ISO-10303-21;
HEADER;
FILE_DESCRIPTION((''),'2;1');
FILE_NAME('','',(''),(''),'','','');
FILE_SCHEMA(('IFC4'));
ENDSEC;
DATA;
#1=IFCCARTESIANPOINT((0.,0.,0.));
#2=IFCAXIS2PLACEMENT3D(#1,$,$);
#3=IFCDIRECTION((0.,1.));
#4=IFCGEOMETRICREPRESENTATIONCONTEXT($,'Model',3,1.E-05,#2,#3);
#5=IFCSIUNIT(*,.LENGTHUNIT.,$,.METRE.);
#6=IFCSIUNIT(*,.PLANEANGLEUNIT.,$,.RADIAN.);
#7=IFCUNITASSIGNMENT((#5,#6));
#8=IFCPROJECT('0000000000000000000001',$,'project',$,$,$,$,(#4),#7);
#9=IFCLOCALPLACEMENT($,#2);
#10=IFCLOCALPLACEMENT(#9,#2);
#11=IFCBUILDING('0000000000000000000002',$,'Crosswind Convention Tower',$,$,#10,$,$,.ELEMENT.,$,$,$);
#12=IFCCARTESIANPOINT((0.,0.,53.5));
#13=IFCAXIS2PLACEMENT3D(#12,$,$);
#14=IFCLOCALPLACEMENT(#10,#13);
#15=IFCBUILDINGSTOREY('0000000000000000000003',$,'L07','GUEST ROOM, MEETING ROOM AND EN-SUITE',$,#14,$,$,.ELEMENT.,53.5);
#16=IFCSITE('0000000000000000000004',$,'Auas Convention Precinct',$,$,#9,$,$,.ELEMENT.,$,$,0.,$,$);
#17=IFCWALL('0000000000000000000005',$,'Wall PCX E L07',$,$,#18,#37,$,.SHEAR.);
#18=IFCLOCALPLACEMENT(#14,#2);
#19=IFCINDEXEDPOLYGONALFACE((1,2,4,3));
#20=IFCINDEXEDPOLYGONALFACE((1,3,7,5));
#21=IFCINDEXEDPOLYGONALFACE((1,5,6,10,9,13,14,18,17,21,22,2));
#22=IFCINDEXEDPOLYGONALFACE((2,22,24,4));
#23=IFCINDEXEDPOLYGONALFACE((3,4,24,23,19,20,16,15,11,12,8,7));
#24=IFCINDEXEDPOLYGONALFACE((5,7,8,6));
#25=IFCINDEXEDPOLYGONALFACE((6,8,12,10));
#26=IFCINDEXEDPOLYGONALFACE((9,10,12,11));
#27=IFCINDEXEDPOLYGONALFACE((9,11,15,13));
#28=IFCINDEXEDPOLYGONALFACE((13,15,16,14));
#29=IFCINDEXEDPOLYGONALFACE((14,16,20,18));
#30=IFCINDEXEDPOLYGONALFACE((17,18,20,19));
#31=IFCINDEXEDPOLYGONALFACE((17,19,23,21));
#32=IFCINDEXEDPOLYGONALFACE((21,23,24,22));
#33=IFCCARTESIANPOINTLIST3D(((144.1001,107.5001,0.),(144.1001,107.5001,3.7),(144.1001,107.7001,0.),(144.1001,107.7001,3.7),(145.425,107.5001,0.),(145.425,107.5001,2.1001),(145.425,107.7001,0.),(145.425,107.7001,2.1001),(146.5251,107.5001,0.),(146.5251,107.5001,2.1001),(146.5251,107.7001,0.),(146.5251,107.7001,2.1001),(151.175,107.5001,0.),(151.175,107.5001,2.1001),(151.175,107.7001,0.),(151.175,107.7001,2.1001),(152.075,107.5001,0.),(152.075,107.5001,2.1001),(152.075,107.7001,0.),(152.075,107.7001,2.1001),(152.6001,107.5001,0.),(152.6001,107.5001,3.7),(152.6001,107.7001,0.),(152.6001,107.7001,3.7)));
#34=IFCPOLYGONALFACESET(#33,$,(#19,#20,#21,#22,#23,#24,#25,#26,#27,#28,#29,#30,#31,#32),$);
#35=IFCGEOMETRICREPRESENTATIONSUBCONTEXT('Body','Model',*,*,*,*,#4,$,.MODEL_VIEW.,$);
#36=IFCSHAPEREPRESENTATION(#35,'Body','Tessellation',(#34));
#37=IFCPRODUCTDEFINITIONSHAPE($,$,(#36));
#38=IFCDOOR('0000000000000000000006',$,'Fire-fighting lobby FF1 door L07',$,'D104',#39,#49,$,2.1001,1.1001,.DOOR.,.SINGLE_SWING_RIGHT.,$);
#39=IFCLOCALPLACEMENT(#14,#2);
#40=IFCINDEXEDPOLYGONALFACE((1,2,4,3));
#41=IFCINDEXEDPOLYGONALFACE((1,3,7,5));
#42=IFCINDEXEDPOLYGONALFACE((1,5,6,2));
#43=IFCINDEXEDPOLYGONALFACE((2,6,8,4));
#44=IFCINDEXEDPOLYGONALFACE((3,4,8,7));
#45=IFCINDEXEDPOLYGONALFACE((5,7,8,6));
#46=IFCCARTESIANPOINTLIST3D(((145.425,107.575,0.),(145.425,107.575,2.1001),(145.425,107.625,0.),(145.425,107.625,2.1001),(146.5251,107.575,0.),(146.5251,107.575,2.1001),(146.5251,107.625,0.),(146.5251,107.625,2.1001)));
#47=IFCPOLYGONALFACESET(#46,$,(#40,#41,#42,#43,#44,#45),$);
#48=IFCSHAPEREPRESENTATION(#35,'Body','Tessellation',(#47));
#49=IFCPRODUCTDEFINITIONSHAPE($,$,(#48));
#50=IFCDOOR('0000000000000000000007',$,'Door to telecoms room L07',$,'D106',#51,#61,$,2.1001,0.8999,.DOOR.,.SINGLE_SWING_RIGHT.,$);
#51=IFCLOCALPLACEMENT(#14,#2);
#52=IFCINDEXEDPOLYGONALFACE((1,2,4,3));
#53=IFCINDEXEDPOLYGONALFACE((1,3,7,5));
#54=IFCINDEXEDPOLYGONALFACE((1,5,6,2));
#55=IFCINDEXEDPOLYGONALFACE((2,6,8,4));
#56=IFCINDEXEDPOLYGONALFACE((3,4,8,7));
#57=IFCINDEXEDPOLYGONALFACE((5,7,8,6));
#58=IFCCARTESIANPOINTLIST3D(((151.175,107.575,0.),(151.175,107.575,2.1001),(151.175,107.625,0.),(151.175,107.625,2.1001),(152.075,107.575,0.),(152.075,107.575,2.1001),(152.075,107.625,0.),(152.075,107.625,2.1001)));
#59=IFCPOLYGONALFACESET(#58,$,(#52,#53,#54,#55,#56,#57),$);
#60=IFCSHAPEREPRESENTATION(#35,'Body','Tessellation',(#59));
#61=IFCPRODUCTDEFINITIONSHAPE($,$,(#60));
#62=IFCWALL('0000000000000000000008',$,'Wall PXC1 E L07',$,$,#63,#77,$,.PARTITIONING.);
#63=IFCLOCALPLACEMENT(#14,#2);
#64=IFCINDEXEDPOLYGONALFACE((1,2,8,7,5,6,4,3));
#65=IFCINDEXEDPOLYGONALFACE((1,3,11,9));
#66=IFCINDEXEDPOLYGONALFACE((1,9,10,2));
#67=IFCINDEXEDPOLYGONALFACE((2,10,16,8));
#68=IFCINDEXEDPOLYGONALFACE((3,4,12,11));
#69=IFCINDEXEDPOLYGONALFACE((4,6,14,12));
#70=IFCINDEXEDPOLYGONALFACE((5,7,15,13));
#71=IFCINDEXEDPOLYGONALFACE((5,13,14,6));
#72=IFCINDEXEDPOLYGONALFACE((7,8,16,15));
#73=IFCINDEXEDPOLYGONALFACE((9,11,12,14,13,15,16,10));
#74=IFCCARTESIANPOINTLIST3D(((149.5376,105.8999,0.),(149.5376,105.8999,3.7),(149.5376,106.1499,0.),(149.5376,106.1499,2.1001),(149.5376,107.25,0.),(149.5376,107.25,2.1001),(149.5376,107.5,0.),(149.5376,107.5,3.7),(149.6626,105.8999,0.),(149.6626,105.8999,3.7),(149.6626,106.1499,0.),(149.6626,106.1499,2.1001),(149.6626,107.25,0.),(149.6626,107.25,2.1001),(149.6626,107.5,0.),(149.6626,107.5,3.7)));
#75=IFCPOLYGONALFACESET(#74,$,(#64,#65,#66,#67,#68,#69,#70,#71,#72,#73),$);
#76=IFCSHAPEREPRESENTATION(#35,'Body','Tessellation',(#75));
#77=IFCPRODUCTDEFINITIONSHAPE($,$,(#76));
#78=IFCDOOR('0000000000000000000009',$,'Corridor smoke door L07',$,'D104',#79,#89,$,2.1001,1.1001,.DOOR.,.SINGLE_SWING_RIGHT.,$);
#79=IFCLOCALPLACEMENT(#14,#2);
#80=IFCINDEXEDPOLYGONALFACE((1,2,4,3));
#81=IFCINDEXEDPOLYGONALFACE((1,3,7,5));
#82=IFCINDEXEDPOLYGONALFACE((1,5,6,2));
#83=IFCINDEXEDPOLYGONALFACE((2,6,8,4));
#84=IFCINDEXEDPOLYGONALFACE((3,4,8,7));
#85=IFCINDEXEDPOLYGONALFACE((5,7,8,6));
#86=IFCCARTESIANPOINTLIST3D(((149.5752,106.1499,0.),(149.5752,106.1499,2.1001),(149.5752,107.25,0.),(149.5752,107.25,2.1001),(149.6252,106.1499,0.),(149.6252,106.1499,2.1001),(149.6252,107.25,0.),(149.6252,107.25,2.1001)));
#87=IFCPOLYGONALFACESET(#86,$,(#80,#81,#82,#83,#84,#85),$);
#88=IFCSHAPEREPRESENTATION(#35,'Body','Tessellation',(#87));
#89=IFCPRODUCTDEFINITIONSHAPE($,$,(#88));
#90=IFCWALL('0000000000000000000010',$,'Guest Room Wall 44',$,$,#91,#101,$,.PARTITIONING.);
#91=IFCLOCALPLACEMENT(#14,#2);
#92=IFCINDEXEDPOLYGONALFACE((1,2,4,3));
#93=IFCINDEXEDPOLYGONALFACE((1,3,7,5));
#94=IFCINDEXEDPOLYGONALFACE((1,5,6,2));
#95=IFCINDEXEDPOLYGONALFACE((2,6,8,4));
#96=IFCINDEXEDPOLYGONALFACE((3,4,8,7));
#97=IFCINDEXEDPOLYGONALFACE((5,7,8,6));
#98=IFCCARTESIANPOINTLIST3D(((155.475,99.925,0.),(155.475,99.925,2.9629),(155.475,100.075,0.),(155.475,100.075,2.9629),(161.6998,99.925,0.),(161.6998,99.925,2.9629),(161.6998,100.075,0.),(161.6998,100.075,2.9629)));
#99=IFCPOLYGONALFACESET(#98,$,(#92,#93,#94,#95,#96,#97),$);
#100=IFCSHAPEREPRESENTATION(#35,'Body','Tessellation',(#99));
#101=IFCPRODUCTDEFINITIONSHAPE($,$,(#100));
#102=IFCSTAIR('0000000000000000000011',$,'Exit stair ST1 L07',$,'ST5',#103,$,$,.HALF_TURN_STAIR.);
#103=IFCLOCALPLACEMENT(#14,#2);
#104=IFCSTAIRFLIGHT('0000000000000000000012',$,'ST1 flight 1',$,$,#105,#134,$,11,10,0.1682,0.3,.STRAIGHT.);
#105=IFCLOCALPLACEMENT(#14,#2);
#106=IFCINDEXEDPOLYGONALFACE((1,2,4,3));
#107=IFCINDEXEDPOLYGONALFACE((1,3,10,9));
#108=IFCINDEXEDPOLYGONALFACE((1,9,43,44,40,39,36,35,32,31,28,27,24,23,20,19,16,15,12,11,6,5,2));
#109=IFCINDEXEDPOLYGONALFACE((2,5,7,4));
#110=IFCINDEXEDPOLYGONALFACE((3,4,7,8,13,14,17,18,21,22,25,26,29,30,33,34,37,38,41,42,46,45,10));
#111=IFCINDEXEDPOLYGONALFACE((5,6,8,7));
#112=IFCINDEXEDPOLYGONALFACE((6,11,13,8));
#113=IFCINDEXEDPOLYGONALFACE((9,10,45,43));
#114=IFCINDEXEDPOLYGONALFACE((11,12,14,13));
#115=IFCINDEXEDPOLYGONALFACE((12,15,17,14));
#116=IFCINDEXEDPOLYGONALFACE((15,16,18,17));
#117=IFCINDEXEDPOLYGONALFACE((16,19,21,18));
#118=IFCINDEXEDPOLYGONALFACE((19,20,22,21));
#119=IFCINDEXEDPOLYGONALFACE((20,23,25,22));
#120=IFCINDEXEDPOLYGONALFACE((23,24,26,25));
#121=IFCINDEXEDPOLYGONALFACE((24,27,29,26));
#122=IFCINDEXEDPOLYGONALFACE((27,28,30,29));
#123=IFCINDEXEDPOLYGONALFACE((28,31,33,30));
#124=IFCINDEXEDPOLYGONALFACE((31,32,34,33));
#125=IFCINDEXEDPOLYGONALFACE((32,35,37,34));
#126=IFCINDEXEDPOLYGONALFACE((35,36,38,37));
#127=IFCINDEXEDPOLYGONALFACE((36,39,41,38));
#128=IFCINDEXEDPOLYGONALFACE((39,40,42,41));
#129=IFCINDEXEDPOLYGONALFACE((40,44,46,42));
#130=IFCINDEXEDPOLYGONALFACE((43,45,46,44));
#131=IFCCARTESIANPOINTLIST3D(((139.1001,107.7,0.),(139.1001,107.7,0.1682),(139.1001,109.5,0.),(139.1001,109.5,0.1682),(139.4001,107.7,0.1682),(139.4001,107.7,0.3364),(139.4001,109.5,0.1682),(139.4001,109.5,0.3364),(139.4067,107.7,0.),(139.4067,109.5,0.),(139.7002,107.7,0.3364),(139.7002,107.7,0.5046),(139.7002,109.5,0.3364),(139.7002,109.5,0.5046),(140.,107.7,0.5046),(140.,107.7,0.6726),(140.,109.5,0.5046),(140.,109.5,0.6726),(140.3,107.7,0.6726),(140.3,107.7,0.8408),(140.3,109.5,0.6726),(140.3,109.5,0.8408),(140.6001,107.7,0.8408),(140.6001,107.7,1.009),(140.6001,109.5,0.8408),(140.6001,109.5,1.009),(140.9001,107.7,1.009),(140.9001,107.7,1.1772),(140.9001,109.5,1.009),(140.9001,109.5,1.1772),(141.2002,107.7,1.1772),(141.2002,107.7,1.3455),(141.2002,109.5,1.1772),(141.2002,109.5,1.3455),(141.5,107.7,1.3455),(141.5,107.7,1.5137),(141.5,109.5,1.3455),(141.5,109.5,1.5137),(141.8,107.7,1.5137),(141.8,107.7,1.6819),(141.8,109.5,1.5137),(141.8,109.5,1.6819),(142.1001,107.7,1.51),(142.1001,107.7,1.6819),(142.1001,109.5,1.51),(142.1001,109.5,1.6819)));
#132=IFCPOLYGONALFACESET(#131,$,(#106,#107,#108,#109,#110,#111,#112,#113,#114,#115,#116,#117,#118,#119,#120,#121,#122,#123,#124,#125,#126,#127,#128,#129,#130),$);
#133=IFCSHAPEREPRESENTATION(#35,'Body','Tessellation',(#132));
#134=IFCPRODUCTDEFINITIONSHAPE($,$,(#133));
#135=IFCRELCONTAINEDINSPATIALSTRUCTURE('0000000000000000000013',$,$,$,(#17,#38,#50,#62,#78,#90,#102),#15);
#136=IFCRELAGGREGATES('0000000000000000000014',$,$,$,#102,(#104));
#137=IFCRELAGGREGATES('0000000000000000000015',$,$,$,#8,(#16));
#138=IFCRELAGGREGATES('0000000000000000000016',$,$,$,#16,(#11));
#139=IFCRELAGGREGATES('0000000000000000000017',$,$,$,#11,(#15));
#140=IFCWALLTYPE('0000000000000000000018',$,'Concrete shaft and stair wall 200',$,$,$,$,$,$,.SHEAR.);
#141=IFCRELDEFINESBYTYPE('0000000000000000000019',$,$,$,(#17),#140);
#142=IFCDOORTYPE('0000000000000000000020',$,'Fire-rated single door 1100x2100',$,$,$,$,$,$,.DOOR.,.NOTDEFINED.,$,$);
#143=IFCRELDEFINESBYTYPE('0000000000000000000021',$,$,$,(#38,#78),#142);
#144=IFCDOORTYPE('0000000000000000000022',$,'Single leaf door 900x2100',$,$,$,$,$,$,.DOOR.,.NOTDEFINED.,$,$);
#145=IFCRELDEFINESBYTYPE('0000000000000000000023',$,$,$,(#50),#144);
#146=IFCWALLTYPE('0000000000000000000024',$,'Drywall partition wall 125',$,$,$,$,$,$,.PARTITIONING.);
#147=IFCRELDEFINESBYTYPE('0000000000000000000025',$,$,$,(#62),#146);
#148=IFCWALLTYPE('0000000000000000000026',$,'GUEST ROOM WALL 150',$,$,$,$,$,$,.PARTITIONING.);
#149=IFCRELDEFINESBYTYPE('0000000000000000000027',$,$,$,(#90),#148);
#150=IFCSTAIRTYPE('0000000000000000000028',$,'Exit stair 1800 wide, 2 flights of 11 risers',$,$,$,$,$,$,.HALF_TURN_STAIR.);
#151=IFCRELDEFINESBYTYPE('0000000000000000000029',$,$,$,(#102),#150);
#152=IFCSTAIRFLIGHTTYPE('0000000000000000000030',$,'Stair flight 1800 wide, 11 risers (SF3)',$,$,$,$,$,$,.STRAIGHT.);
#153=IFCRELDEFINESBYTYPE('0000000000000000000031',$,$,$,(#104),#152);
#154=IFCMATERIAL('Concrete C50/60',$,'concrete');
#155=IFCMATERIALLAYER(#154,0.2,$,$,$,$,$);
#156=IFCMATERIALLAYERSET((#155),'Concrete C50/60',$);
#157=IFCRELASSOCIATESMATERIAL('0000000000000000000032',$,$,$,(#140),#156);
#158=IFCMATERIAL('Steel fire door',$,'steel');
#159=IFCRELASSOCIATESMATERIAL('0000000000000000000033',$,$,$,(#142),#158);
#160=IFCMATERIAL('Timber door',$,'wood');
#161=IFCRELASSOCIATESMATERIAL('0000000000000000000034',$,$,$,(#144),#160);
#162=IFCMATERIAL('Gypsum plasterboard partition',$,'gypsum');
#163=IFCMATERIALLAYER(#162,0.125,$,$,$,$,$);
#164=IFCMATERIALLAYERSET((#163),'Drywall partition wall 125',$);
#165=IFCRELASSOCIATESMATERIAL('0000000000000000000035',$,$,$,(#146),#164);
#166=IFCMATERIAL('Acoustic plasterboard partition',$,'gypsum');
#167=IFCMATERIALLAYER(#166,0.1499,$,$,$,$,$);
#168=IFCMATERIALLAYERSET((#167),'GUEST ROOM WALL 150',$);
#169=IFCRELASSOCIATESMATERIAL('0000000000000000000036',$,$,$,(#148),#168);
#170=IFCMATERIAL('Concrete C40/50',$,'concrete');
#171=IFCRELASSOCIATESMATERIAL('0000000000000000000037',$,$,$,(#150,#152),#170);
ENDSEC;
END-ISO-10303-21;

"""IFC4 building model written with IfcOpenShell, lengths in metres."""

from ifc_helpers import new_model, si_unit, direction, frame, frame_2d, origin, place, context, subcontext, project, spatial, polyline, rectangle, outline, extrude, material, layer, layer_set, type_object, element, fill, aggregate, save


model = new_model("IFC4")

# Units and contexts
model_context = context("Model", 3, precision=1e-05, world=origin(), true_north=direction((0.0, 1.0)))
body_context = subcontext(model_context, "Body", "Model", "MODEL_VIEW")
ifc_project = project(units=[si_unit("LENGTHUNIT", "METRE"), si_unit("PLANEANGLEUNIT", "RADIAN")], contexts=[model_context])

# Site, building, storey
site_placement = place(None, origin())
site = spatial("IfcSite", under=ifc_project, at=site_placement, Name="Auas Convention Precinct", CompositionType="ELEMENT", RefElevation=0.0)
building_placement = place(site_placement, origin())
building = spatial("IfcBuilding", under=site, at=building_placement, Name="Crosswind Convention Tower", CompositionType="ELEMENT")
storey_placement = place(building_placement, frame((0.0, 0.0, 53.5)))
storey = spatial("IfcBuildingStorey", under=building, at=storey_placement, Name="L07", Description="GUEST ROOM, MEETING ROOM AND EN-SUITE", CompositionType="ELEMENT", Elevation=53.5)

# Shared definitions
ifc_material_1 = material(Name="Concrete C50/60", Category="concrete")
ifc_layer_1 = layer(ifc_material_1, 0.2)
ifc_layer_set_1 = layer_set([ifc_layer_1], Name="Concrete C50/60")
wall_type_1 = type_object("IfcWallType", Name="Concrete shaft and stair wall 200", PredefinedType="SHEAR", material=ifc_layer_set_1)

# Shared definitions
ifc_material_2 = material(Name="Steel fire door", Category="steel")
door_type_1 = type_object("IfcDoorType", Name="Fire-rated single door 1100x2100", OperationType="NOTDEFINED", PredefinedType="DOOR", material=ifc_material_2)

# Wall, openings, doors
wall_1_placement = place(storey_placement, frame((144.1001, 107.6001, 0.0), z_axis=(0.0, 0.0, 1.0), x_axis=(1.0, 0.0, 0.0)))
wall_1 = element("IfcWall", 1, at=wall_1_placement, inside=storey, type_object=wall_type_1, Name="Wall PCX E L07", PredefinedType="SHEAR", context=body_context, shape_type="SweptSolid", body=[
    extrude(rectangle(XDim=8.5, YDim=0.2, at=frame_2d((4.25, 0.0))), origin(), (0.0, 0.0, 1.0), 3.7),
])
opening_1_placement = place(wall_1_placement, frame((1.325, 0.0, 0.0)))
opening_1 = element("IfcOpeningElement", 2, at=opening_1_placement, cuts=wall_1, PredefinedType="OPENING", context=body_context, shape_type="SweptSolid", body=[
    extrude(rectangle(XDim=1.1001, YDim=2.1001, at=frame_2d((0.55, 1.05))), frame((0.0, 0.1099, 0.0), z_axis=(0.0, -1.0, 0.0), x_axis=(1.0, 0.0, 0.0)), (0.0, 0.0, 1.0), 0.22),
])
opening_2_placement = place(wall_1_placement, frame((7.075, 0.0, 0.0)))
opening_2 = element("IfcOpeningElement", 3, at=opening_2_placement, cuts=wall_1, PredefinedType="OPENING", context=body_context, shape_type="SweptSolid", body=[
    extrude(rectangle(XDim=0.8999, YDim=2.1001, at=frame_2d((0.45, 1.05))), frame((0.0, 0.1099, 0.0), z_axis=(0.0, -1.0, 0.0), x_axis=(1.0, 0.0, 0.0)), (0.0, 0.0, 1.0), 0.22),
])
door_1_placement = place(opening_1_placement, origin())
door_1 = element("IfcDoor", 4, at=door_1_placement, inside=storey, type_object=door_type_1, Name="Fire-fighting lobby FF1 door L07", ObjectType="D104", OperationType="SINGLE_SWING_RIGHT", OverallHeight=2.1001, OverallWidth=1.1001, PredefinedType="DOOR", context=body_context, shape_type="SweptSolid", body=[
    extrude(rectangle(XDim=1.1001, YDim=2.1001, at=frame_2d((0.55, 1.05))), frame((0.0, 0.0249, 0.0), z_axis=(0.0, -1.0, 0.0), x_axis=(1.0, 0.0, 0.0)), (0.0, 0.0, 1.0), 0.05),
])
fill(opening_1, door_1)
ifc_material_3 = material(Name="Timber door", Category="wood")
door_type_2 = type_object("IfcDoorType", Name="Single leaf door 900x2100", OperationType="NOTDEFINED", PredefinedType="DOOR", material=ifc_material_3)
door_2_placement = place(opening_2_placement, origin())
door_2 = element("IfcDoor", 5, at=door_2_placement, inside=storey, type_object=door_type_2, Name="Door to telecoms room L07", ObjectType="D106", OperationType="SINGLE_SWING_RIGHT", OverallHeight=2.1001, OverallWidth=0.8999, PredefinedType="DOOR", context=body_context, shape_type="SweptSolid", body=[
    extrude(rectangle(XDim=0.8999, YDim=2.1001, at=frame_2d((0.45, 1.05))), frame((0.0, 0.0249, 0.0), z_axis=(0.0, -1.0, 0.0), x_axis=(1.0, 0.0, 0.0)), (0.0, 0.0, 1.0), 0.05),
])
fill(opening_2, door_2)

# Wall, opening, door
ifc_material_4 = material(Name="Gypsum plasterboard partition", Category="gypsum")
ifc_layer_2 = layer(ifc_material_4, 0.125)
ifc_layer_set_2 = layer_set([ifc_layer_2], Name="Drywall partition wall 125")
wall_type_2 = type_object("IfcWallType", Name="Drywall partition wall 125", PredefinedType="PARTITIONING", material=ifc_layer_set_2)
wall_2_placement = place(storey_placement, frame((149.6001, 105.8999, 0.0), z_axis=(0.0, 0.0, 1.0), x_axis=(0.0, 1.0, 0.0)))
wall_2 = element("IfcWall", 6, at=wall_2_placement, inside=storey, type_object=wall_type_2, Name="Wall PXC1 E L07", PredefinedType="PARTITIONING", context=body_context, shape_type="SweptSolid", body=[
    extrude(rectangle(XDim=1.6001, YDim=0.125, at=frame_2d((0.8, 0.0))), origin(), (0.0, 0.0, 1.0), 3.7),
])
opening_3_placement = place(wall_2_placement, frame((0.25, 0.0, 0.0)))
opening_3 = element("IfcOpeningElement", 7, at=opening_3_placement, cuts=wall_2, PredefinedType="OPENING", context=body_context, shape_type="SweptSolid", body=[
    extrude(rectangle(XDim=1.1001, YDim=2.1001, at=frame_2d((0.55, 1.05))), frame((0.0, 0.0725, 0.0), z_axis=(0.0, -1.0, 0.0), x_axis=(1.0, 0.0, 0.0)), (0.0, 0.0, 1.0), 0.145),
])
door_3_placement = place(opening_3_placement, origin())
door_3 = element("IfcDoor", 8, at=door_3_placement, inside=storey, type_object=door_type_1, Name="Corridor smoke door L07", ObjectType="D104", OperationType="SINGLE_SWING_RIGHT", OverallHeight=2.1001, OverallWidth=1.1001, PredefinedType="DOOR", context=body_context, shape_type="SweptSolid", body=[
    extrude(rectangle(XDim=1.1001, YDim=2.1001, at=frame_2d((0.55, 1.05))), frame((0.0, 0.0249, 0.0), z_axis=(0.0, -1.0, 0.0), x_axis=(1.0, 0.0, 0.0)), (0.0, 0.0, 1.0), 0.05),
])
fill(opening_3, door_3)

# Wall
ifc_material_5 = material(Name="Acoustic plasterboard partition", Category="gypsum")
ifc_layer_3 = layer(ifc_material_5, 0.1499)
ifc_layer_set_3 = layer_set([ifc_layer_3], Name="GUEST ROOM WALL 150")
wall_type_3 = type_object("IfcWallType", Name="GUEST ROOM WALL 150", PredefinedType="PARTITIONING", material=ifc_layer_set_3)
wall_3_placement = place(storey_placement, frame((155.4751, 100.0, 0.0), z_axis=(0.0, 0.0, 1.0), x_axis=(1.0, 0.0, 0.0)))
element("IfcWall", 9, at=wall_3_placement, inside=storey, type_object=wall_type_3, Name="Guest Room Wall 44", PredefinedType="PARTITIONING", context=body_context, shape_type="SweptSolid", body=[
    extrude(rectangle(XDim=6.2249, YDim=0.1499, at=frame_2d((3.1123, 0.0))), origin(), (0.0, 0.0, 1.0), 2.9629),
])

# Stair, stair flight
ifc_material_6 = material(Name="Concrete C40/50", Category="concrete")
stair_type = type_object("IfcStairType", Name="Exit stair 1800 wide, 2 flights of 11 risers", PredefinedType="HALF_TURN_STAIR", material=ifc_material_6)
stair_placement = place(storey_placement, origin())
stair = element("IfcStair", 10, at=stair_placement, inside=storey, type_object=stair_type, Name="Exit stair ST1 L07", ObjectType="ST5", PredefinedType="HALF_TURN_STAIR")
stair_flight_type = type_object("IfcStairFlightType", Name="Stair flight 1800 wide, 11 risers (SF3)", PredefinedType="STRAIGHT", material=ifc_material_6)
stair_flight_placement = place(storey_placement, frame((139.1001, 108.6001, 0.0), z_axis=(0.0, 0.0, 1.0), x_axis=(1.0, 0.0, 0.0)))
stair_flight = element("IfcStairFlight", 11, at=stair_flight_placement, type_object=stair_flight_type, Name="ST1 flight 1", NumberOfRisers=11, NumberOfTreads=10, PredefinedType="STRAIGHT", RiserHeight=0.1682, TreadLength=0.3, context=body_context, shape_type="SweptSolid", body=[
    extrude(outline(polyline([(0.0, 0.0), (0.0, 0.1682), (0.3, 0.1682), (0.3, 0.3364), (0.6001, 0.3364), (0.6001, 0.5046), (0.8999, 0.5046), (0.8999, 0.6726), (1.2, 0.6726), (1.2, 0.8408), (1.5, 0.8408), (1.5, 1.009), (1.8, 1.009), (1.8, 1.1772), (2.1001, 1.1772), (2.1001, 1.3455), (2.3999, 1.3455), (2.3999, 1.5137), (2.7, 1.5137), (2.7, 1.6819), (3.0, 1.6819), (3.0, 1.8501), (3.0, 1.51), (0.3066, 0.0), (0.0, 0.0)])), frame((0.0, 0.8999, 0.0), z_axis=(0.0, -1.0, 0.0), x_axis=(1.0, 0.0, 0.0)), (0.0, 0.0, 1.0), 1.8),
])
aggregate(stair, [stair_flight])

save(model, "model.ifc")
